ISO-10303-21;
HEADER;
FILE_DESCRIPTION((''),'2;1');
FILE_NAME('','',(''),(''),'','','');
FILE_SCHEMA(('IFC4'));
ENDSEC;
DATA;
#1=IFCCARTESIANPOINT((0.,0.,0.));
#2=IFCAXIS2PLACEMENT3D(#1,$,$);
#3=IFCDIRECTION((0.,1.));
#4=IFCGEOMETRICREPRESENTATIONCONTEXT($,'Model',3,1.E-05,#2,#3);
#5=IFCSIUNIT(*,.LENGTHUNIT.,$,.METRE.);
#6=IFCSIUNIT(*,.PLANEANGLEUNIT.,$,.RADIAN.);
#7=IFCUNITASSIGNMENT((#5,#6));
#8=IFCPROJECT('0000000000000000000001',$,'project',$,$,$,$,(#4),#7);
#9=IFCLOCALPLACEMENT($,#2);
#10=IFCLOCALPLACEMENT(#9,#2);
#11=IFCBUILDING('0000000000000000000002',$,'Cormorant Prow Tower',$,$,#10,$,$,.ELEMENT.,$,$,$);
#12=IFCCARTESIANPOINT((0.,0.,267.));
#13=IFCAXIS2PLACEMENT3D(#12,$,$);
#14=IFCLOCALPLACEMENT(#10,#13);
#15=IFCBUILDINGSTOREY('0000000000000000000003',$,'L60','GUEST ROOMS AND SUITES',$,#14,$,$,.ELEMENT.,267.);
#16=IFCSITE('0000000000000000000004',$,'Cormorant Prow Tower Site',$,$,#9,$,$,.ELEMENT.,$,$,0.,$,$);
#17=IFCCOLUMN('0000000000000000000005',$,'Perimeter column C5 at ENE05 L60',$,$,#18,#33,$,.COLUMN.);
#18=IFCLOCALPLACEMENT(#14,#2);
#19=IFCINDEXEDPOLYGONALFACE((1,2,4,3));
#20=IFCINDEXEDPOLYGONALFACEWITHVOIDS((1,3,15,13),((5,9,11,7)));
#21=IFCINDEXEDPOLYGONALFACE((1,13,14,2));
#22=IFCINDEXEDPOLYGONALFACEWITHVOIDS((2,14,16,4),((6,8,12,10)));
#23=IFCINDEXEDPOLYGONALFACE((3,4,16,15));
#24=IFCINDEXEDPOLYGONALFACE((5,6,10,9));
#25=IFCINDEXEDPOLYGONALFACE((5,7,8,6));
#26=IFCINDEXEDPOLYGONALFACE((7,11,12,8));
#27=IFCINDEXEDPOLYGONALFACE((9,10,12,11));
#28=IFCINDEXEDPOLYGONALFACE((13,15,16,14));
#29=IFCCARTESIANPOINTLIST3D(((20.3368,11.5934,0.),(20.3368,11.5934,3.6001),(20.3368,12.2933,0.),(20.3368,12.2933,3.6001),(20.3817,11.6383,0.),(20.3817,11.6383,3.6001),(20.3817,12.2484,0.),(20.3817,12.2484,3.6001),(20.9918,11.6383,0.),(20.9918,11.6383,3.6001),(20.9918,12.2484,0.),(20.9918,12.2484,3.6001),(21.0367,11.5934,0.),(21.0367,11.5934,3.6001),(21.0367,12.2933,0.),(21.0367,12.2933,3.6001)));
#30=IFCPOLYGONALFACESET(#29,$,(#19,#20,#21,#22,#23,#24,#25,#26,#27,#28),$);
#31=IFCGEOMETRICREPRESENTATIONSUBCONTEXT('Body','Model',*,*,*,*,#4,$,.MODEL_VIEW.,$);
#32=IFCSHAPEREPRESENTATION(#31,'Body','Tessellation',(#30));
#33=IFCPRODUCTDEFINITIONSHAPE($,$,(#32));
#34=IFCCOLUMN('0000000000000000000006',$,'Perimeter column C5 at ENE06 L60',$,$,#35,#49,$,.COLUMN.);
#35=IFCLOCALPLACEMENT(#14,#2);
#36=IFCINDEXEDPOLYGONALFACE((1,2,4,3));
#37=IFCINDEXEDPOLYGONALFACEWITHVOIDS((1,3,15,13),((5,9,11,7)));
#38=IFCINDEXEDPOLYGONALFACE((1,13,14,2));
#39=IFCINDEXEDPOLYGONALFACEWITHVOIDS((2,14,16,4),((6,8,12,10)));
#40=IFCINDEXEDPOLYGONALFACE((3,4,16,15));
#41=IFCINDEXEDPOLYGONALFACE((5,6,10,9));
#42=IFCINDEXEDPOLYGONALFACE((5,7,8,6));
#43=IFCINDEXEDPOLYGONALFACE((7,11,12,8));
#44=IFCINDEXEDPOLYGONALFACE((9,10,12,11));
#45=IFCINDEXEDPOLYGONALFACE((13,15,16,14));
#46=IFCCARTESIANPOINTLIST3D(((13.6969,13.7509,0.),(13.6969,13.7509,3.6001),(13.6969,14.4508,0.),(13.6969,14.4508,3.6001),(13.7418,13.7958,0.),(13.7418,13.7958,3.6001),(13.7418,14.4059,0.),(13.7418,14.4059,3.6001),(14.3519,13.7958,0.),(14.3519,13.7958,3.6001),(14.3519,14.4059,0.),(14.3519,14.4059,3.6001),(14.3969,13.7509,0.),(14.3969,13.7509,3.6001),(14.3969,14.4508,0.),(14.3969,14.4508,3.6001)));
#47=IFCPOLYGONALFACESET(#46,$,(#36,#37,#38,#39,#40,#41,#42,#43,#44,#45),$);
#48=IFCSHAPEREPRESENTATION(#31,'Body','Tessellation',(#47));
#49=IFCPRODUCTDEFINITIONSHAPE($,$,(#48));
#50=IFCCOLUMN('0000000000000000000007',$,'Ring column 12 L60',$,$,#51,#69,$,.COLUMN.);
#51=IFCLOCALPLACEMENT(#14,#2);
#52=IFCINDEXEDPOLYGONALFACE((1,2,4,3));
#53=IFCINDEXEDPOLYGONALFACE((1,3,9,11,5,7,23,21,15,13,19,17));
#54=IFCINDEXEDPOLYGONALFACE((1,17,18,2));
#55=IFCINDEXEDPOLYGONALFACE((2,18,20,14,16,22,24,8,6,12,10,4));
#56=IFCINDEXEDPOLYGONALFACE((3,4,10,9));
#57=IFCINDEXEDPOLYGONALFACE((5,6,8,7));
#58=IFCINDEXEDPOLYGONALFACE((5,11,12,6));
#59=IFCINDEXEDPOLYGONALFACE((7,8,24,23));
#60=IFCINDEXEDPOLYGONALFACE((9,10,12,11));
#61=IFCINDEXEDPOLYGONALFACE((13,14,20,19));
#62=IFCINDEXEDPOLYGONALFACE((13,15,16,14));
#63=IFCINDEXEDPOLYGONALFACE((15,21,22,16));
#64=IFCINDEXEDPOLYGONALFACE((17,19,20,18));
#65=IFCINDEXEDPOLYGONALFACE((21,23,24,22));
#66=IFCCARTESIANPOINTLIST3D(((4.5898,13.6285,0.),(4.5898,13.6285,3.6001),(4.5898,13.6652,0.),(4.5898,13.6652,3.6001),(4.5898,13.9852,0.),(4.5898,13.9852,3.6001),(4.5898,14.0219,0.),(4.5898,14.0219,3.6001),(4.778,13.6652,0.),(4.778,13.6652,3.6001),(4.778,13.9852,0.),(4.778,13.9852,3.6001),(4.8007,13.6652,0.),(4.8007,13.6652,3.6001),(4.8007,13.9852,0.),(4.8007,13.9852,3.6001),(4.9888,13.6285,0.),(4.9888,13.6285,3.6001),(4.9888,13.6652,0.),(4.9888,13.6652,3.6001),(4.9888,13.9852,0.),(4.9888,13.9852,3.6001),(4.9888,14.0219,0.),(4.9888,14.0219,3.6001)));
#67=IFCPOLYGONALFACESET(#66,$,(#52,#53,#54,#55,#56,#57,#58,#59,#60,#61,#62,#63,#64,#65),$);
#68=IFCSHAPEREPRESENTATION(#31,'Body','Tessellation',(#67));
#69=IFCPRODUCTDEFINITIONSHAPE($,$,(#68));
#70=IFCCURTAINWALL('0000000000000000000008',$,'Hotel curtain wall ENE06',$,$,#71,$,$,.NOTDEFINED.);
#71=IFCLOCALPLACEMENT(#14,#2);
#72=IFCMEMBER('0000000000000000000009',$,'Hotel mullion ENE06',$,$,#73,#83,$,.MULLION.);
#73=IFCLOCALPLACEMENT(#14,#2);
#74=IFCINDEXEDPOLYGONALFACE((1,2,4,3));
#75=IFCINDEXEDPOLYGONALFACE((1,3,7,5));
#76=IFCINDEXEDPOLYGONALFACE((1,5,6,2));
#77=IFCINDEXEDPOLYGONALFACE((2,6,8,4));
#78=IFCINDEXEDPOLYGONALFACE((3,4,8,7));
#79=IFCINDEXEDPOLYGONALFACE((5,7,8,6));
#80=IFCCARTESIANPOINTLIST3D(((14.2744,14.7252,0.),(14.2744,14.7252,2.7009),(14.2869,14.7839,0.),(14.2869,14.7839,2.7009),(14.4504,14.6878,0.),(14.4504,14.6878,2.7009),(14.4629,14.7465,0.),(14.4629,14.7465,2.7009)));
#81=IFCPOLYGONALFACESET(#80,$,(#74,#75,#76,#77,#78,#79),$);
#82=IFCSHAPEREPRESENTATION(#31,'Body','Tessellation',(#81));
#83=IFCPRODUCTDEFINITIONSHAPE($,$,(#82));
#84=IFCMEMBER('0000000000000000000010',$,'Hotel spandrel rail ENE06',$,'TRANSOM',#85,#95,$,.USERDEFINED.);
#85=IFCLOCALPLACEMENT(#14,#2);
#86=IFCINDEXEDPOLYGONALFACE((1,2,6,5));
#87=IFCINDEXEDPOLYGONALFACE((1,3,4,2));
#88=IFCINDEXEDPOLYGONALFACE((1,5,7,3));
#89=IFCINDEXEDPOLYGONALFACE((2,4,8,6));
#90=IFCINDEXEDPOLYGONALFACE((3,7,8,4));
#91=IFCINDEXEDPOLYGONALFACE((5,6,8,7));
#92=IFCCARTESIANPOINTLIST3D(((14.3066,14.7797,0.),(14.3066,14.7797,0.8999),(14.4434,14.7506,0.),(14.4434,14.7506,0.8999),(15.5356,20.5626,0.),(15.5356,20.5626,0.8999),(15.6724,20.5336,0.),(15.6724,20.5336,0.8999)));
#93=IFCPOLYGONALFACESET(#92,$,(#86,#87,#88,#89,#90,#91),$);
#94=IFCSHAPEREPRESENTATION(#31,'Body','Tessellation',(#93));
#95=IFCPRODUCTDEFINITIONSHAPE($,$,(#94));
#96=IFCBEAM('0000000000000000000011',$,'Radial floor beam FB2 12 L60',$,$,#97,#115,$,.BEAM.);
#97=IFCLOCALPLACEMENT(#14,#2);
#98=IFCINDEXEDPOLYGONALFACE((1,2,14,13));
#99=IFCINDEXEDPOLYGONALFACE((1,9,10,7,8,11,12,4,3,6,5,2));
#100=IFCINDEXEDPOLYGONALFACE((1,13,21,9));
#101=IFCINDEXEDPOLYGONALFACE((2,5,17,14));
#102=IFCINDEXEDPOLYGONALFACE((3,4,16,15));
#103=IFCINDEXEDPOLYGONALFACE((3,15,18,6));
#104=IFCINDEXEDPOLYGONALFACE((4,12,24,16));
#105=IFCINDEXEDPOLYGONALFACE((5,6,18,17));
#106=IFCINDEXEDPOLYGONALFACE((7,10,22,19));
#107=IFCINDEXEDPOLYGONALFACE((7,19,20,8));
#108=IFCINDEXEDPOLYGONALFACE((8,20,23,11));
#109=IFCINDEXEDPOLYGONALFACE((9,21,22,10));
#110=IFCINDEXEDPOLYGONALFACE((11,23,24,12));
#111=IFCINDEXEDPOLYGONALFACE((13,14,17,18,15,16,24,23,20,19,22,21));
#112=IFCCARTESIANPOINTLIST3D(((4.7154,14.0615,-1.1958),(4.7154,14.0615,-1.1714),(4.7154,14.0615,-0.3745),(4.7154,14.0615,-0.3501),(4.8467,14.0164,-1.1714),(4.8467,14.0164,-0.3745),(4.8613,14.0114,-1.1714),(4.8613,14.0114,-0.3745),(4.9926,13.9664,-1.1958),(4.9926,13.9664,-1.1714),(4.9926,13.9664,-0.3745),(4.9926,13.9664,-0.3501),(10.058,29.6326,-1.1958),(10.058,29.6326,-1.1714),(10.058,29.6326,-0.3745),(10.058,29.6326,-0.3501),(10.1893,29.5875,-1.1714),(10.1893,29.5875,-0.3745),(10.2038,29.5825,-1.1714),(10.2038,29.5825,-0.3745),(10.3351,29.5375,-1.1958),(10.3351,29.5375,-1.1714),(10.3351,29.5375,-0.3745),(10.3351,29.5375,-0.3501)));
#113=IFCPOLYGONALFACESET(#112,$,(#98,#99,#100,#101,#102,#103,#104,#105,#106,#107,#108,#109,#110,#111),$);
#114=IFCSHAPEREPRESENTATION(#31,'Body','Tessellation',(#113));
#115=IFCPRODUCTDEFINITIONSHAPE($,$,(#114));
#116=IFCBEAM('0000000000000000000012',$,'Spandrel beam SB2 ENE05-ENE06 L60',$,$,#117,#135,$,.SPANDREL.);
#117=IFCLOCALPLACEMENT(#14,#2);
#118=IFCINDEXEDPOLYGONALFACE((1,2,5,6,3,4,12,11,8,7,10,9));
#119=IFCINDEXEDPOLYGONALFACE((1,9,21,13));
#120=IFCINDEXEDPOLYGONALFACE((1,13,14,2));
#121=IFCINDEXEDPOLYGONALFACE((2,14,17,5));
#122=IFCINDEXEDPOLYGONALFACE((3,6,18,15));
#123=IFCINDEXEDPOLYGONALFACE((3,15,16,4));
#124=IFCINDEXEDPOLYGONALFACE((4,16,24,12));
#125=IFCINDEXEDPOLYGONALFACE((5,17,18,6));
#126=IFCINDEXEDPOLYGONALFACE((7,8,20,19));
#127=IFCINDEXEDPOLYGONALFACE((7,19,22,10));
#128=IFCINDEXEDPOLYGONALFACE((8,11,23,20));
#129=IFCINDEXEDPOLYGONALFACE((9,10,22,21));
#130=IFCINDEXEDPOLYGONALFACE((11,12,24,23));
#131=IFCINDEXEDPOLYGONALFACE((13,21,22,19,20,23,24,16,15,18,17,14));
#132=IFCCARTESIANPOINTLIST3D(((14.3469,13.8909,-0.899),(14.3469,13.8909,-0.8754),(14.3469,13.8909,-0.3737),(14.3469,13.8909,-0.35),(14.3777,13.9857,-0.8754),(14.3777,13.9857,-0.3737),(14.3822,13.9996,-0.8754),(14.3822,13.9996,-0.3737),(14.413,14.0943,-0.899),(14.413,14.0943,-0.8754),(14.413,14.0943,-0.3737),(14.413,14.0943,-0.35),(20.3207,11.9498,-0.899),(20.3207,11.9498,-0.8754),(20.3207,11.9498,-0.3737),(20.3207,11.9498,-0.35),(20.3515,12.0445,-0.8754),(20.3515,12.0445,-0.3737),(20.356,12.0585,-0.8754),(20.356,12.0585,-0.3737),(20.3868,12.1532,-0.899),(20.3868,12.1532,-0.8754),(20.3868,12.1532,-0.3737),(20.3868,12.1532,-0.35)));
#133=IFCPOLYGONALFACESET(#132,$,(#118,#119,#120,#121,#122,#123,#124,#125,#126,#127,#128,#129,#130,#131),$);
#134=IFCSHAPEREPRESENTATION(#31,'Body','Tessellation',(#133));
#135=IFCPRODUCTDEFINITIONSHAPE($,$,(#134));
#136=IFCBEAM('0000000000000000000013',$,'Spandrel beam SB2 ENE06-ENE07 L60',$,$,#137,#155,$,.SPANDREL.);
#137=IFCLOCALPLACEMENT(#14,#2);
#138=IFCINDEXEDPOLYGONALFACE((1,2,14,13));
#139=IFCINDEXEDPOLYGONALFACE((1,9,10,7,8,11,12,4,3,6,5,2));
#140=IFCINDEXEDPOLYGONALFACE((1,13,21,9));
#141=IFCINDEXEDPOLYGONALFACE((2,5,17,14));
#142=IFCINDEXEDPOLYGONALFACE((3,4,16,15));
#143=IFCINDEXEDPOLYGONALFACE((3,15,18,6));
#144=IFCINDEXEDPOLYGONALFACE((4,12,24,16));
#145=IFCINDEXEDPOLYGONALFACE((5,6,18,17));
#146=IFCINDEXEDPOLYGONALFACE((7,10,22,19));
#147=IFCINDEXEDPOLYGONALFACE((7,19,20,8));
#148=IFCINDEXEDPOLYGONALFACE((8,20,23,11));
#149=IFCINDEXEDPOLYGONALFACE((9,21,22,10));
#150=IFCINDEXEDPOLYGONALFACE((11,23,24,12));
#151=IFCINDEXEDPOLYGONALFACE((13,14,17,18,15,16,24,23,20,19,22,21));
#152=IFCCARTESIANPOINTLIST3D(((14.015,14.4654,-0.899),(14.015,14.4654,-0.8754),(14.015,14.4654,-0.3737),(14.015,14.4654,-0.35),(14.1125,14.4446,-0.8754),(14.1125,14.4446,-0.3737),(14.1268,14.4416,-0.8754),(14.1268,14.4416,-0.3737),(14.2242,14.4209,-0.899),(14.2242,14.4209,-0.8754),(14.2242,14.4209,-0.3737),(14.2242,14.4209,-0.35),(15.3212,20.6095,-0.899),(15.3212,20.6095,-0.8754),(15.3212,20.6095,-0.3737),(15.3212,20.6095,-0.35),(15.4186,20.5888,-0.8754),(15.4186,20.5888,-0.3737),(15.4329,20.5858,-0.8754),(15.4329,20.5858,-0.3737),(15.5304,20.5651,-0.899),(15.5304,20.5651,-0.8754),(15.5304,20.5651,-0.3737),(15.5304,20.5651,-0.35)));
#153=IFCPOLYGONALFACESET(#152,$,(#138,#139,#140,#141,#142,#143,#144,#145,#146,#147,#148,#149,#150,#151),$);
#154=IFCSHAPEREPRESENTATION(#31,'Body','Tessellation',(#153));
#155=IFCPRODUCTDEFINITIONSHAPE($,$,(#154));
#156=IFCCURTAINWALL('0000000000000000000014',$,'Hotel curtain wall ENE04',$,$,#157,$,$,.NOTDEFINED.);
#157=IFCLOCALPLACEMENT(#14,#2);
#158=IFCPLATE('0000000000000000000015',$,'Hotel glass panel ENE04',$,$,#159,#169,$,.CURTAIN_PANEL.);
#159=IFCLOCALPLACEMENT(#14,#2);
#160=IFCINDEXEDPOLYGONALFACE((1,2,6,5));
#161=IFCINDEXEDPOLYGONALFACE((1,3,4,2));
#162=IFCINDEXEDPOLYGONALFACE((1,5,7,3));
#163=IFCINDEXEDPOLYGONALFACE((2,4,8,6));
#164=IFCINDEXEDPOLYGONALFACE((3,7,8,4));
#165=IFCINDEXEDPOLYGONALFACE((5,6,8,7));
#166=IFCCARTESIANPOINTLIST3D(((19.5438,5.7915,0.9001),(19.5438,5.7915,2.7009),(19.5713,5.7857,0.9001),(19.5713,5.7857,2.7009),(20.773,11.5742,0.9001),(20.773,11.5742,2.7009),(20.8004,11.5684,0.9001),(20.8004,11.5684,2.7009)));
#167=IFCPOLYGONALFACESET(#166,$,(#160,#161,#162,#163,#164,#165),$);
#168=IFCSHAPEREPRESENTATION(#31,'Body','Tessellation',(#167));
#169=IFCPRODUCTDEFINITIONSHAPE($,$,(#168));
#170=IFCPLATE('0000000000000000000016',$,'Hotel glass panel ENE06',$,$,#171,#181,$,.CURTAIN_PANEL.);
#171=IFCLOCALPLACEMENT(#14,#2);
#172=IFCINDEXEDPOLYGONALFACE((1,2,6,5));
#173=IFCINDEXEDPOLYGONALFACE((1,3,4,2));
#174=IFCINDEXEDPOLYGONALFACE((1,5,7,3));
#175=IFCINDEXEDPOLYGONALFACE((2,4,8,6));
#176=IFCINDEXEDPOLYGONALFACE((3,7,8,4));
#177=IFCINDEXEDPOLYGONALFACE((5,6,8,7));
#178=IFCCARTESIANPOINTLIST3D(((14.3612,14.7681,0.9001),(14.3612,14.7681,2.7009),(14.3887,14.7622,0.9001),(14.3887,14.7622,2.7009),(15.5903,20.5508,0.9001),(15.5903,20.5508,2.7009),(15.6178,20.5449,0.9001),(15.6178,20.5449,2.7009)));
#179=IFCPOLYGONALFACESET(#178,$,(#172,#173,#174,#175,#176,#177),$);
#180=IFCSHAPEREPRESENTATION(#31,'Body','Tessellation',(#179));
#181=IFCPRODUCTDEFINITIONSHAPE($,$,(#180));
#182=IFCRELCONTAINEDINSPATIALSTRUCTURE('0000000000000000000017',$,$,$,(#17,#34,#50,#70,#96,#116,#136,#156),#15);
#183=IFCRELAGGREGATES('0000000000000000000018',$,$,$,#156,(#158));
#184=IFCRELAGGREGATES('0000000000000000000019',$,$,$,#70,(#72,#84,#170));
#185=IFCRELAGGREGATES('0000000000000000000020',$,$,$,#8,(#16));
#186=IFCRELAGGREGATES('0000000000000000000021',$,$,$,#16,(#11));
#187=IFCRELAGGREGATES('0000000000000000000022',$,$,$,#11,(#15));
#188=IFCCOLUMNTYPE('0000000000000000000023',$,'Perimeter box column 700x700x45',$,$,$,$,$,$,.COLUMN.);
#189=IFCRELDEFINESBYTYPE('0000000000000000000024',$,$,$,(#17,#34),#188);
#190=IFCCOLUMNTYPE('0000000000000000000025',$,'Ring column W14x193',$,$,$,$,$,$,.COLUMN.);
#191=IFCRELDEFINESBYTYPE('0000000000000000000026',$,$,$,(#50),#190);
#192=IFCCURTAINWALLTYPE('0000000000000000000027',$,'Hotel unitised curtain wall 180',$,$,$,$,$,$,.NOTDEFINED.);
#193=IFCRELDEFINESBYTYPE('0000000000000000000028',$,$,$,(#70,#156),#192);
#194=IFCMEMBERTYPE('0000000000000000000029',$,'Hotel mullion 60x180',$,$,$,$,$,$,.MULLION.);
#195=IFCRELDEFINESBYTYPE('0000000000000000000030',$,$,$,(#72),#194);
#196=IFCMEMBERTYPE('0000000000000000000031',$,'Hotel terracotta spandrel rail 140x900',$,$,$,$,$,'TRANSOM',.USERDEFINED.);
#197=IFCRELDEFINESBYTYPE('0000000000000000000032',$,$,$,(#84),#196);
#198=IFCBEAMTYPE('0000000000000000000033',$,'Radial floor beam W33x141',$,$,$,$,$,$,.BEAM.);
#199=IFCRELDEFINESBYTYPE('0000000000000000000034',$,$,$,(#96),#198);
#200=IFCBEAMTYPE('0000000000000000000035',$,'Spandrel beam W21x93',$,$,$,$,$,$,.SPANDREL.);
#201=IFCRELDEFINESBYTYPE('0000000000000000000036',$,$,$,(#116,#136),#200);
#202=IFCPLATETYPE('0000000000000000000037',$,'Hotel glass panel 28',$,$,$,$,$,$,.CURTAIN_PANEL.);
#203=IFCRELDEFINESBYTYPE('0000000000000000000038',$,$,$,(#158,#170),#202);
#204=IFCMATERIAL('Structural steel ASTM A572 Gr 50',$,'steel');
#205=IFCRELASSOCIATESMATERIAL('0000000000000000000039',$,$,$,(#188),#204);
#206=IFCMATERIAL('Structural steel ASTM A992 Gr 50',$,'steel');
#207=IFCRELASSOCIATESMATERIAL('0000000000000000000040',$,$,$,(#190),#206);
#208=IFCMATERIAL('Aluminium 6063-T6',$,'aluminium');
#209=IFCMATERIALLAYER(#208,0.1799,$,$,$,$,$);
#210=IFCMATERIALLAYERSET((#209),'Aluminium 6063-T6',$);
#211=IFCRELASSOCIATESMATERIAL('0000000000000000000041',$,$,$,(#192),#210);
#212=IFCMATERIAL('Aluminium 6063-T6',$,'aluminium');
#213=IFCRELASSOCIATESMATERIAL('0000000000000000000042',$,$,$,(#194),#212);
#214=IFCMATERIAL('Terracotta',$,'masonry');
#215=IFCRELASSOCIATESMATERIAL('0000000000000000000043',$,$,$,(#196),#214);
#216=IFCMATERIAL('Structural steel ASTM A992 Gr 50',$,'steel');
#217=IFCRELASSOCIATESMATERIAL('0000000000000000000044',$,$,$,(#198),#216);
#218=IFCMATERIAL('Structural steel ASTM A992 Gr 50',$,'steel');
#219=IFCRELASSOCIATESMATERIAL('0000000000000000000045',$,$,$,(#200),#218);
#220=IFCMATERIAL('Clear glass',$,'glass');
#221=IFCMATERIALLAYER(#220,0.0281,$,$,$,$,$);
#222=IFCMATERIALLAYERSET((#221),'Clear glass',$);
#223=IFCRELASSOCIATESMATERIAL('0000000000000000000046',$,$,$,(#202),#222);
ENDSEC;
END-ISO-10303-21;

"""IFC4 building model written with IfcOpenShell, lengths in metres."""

from ifc_helpers import new_model, si_unit, direction, frame, origin, origin_2d, place, context, subcontext, project, spatial, rectangle, hollow_rectangle, i_section, extrude, material, layer, layer_set, material_profile, profile_set, type_object, element, aggregate, save


model = new_model("IFC4")

# Units and contexts
model_context = context("Model", 3, precision=1e-05, world=origin(), true_north=direction((0.0, 1.0)))
body_context = subcontext(model_context, "Body", "Model", "MODEL_VIEW")
ifc_project = project(units=[si_unit("LENGTHUNIT", "METRE"), si_unit("PLANEANGLEUNIT", "RADIAN")], contexts=[model_context])

# Site, building, storey
site_placement = place(None, origin())
site = spatial("IfcSite", under=ifc_project, at=site_placement, Name="Cormorant Prow Tower Site", CompositionType="ELEMENT", RefElevation=0.0)
building_placement = place(site_placement, origin())
building = spatial("IfcBuilding", under=site, at=building_placement, Name="Cormorant Prow Tower", CompositionType="ELEMENT")
storey_placement = place(building_placement, frame((0.0, 0.0, 267.0)))
storey = spatial("IfcBuildingStorey", under=building, at=storey_placement, Name="L60", Description="GUEST ROOMS AND SUITES", CompositionType="ELEMENT", Elevation=267.0)

# Columns
ifc_material_1 = material(Name="Structural steel ASTM A572 Gr 50", Category="steel")
ifc_material_profile_1 = material_profile(ifc_material_1, hollow_rectangle(XDim=0.7, YDim=0.7, WallThickness=0.0449, at=origin_2d()), Name="Box 700x700x45")
ifc_profile_set_1 = profile_set([ifc_material_profile_1], Name="Structural steel ASTM A572 Gr 50")
column_type_1 = type_object("IfcColumnType", Name="Perimeter box column 700x700x45", PredefinedType="COLUMN", material=ifc_profile_set_1)
for number, where, z_axis, x_axis, name in (
    (1, (20.6868, 11.9434, 0.0), (0.0, 0.0, 1.0), (1.0, 0.0, 0.0), "Perimeter column C5 at ENE05 L60"),
    (2, (14.0469, 14.1008, 0.0), (0.0, 0.0, 1.0), (1.0, 0.0, 0.0), "Perimeter column C5 at ENE06 L60"),
):
    element("IfcColumn", number, at=place(storey_placement, frame(where, z_axis=z_axis, x_axis=x_axis)), inside=storey, type_object=column_type_1, Name=name, PredefinedType="COLUMN", context=body_context, shape_type="SweptSolid", body=[
        extrude(hollow_rectangle(XDim=0.7, YDim=0.7, WallThickness=0.0449, at=origin_2d()), origin(), (0.0, 0.0, 1.0), 3.6001),
    ])
ifc_material_2 = material(Name="Structural steel ASTM A992 Gr 50", Category="steel")
ifc_material_profile_2 = material_profile(ifc_material_2, i_section(OverallWidth=0.3989, OverallDepth=0.3933, WebThickness=0.0227, FlangeThickness=0.0366, at=origin_2d()), Name="W14x193")
ifc_profile_set_2 = profile_set([ifc_material_profile_2], Name="Structural steel ASTM A992 Gr 50")
column_type_2 = type_object("IfcColumnType", Name="Ring column W14x193", PredefinedType="COLUMN", material=ifc_profile_set_2)
column_placement = place(storey_placement, frame((4.7893, 13.8252, 0.0), z_axis=(0.0, 0.0, 1.0), x_axis=(1.0, 0.0, 0.0)))
element("IfcColumn", 3, at=column_placement, inside=storey, type_object=column_type_2, Name="Ring column 12 L60", PredefinedType="COLUMN", context=body_context, shape_type="SweptSolid", body=[
    extrude(i_section(OverallWidth=0.3989, OverallDepth=0.3933, WebThickness=0.0227, FlangeThickness=0.0366, at=origin_2d()), origin(), (0.0, 0.0, 1.0), 3.6001),
])

# Curtain wall, members
ifc_material_3 = material(Name="Aluminium 6063-T6", Category="aluminium")
ifc_layer_1 = layer(ifc_material_3, 0.1799)
ifc_layer_set_1 = layer_set([ifc_layer_1], Name="Aluminium 6063-T6")
curtain_wall_type = type_object("IfcCurtainWallType", Name="Hotel unitised curtain wall 180", PredefinedType="NOTDEFINED", material=ifc_layer_set_1)
curtain_wall_1_placement = place(storey_placement, origin())
curtain_wall_1 = element("IfcCurtainWall", 4, at=curtain_wall_1_placement, inside=storey, type_object=curtain_wall_type, Name="Hotel curtain wall ENE06", PredefinedType="NOTDEFINED")
ifc_material_4 = material(Name="Aluminium 6063-T6", Category="aluminium")
ifc_material_profile_3 = material_profile(ifc_material_4, rectangle(XDim=0.1799, YDim=0.0601, at=origin_2d()), Name="Hotel mullion 60x180")
ifc_profile_set_3 = profile_set([ifc_material_profile_3], Name="Aluminium 6063-T6")
member_type_1 = type_object("IfcMemberType", Name="Hotel mullion 60x180", PredefinedType="MULLION", material=ifc_profile_set_3)
member_1_placement = place(storey_placement, frame((14.3687, 14.7358, 0.0), z_axis=(0.0, 0.0, 1.0), x_axis=(-0.978148, 0.207912, 0.0)))
member_1 = element("IfcMember", 5, at=member_1_placement, type_object=member_type_1, Name="Hotel mullion ENE06", PredefinedType="MULLION", context=body_context, shape_type="SweptSolid", body=[
    extrude(rectangle(XDim=0.1799, YDim=0.0601, at=origin_2d()), origin(), (0.0, 0.0, 1.0), 2.7009),
])
ifc_material_5 = material(Name="Terracotta", Category="masonry")
ifc_material_profile_4 = material_profile(ifc_material_5, rectangle(XDim=0.1399, YDim=0.8999, at=origin_2d()), Name="Hotel terracotta spandrel rail 140x900")
ifc_profile_set_4 = profile_set([ifc_material_profile_4], Name="Terracotta")
member_type_2 = type_object("IfcMemberType", Name="Hotel terracotta spandrel rail 140x900", ElementType="TRANSOM", PredefinedType="USERDEFINED", material=ifc_profile_set_4)
member_2_placement = place(storey_placement, frame((14.375, 14.7651, 0.45), z_axis=(0.207879, 0.978155, 0.0), x_axis=(-0.978155, 0.207879, 0.0)))
member_2 = element("IfcMember", 6, at=member_2_placement, type_object=member_type_2, Name="Hotel spandrel rail ENE06", ObjectType="TRANSOM", PredefinedType="USERDEFINED", context=body_context, shape_type="SweptSolid", body=[
    extrude(rectangle(XDim=0.1399, YDim=0.8999, at=origin_2d()), origin(), (0.0, 0.0, 1.0), 5.9121),
])

# Beams
ifc_material_6 = material(Name="Structural steel ASTM A992 Gr 50", Category="steel")
ifc_material_profile_5 = material_profile(ifc_material_6, i_section(OverallWidth=0.293, OverallDepth=0.8457, WebThickness=0.0154, FlangeThickness=0.0244, at=origin_2d()), Name="W33x141")
ifc_profile_set_5 = profile_set([ifc_material_profile_5], Name="Structural steel ASTM A992 Gr 50")
beam_type_1 = type_object("IfcBeamType", Name="Radial floor beam W33x141", PredefinedType="BEAM", material=ifc_profile_set_5)
beam_1_placement = place(storey_placement, frame((4.854, 14.0139, -0.7729), z_axis=(0.324536, 0.945874, 0.0), x_axis=(-0.945874, 0.324536, 0.0)))
element("IfcBeam", 7, at=beam_1_placement, inside=storey, type_object=beam_type_1, Name="Radial floor beam FB2 12 L60", PredefinedType="BEAM", context=body_context, shape_type="SweptSolid", body=[
    extrude(i_section(OverallWidth=0.293, OverallDepth=0.8457, WebThickness=0.0154, FlangeThickness=0.0244, at=origin_2d()), origin(), (0.0, 0.0, 1.0), 16.4622),
])
ifc_material_7 = material(Name="Structural steel ASTM A992 Gr 50", Category="steel")
ifc_material_profile_6 = material_profile(ifc_material_7, i_section(OverallWidth=0.2139, OverallDepth=0.5491, WebThickness=0.0146, FlangeThickness=0.0237, at=origin_2d()), Name="W21x93")
ifc_profile_set_6 = profile_set([ifc_material_profile_6], Name="Structural steel ASTM A992 Gr 50")
beam_type_2 = type_object("IfcBeamType", Name="Spandrel beam W21x93", PredefinedType="SPANDREL", material=ifc_profile_set_6)
beam_2_placement = place(storey_placement, frame((20.3538, 12.0515, -0.6245), z_axis=(-0.95105, 0.309036, 0.0), x_axis=(-0.309036, -0.95105, 0.0)))
element("IfcBeam", 8, at=beam_2_placement, inside=storey, type_object=beam_type_2, Name="Spandrel beam SB2 ENE05-ENE06 L60", PredefinedType="SPANDREL", context=body_context, shape_type="SweptSolid", body=[
    extrude(i_section(OverallWidth=0.2139, OverallDepth=0.5491, WebThickness=0.0146, FlangeThickness=0.0237, at=origin_2d()), origin(), (0.0, 0.0, 1.0), 6.2812),
])
beam_3_placement = place(storey_placement, frame((14.1196, 14.4431, -0.6245), z_axis=(0.207934, 0.978143, 0.0), x_axis=(-0.978143, 0.207934, 0.0)))
element("IfcBeam", 9, at=beam_3_placement, inside=storey, type_object=beam_type_2, Name="Spandrel beam SB2 ENE06-ENE07 L60", PredefinedType="SPANDREL", context=body_context, shape_type="SweptSolid", body=[
    extrude(i_section(OverallWidth=0.2139, OverallDepth=0.5491, WebThickness=0.0146, FlangeThickness=0.0237, at=origin_2d()), origin(), (0.0, 0.0, 1.0), 6.2815),
])

# Curtain wall, plate
curtain_wall_2_placement = place(storey_placement, origin())
curtain_wall_2 = element("IfcCurtainWall", 10, at=curtain_wall_2_placement, inside=storey, type_object=curtain_wall_type, Name="Hotel curtain wall ENE04", PredefinedType="NOTDEFINED")
ifc_material_8 = material(Name="Clear glass", Category="glass")
ifc_layer_2 = layer(ifc_material_8, 0.0281)
ifc_layer_set_2 = layer_set([ifc_layer_2], Name="Clear glass")
plate_type = type_object("IfcPlateType", Name="Hotel glass panel 28", PredefinedType="CURTAIN_PANEL", material=ifc_layer_set_2)
plate_1_placement = place(storey_placement, frame((20.1721, 8.6799, 0.9001), z_axis=(0.0, 0.0, 1.0), x_axis=(0.207912, 0.978148, 0.0)))
plate_1 = element("IfcPlate", 11, at=plate_1_placement, type_object=plate_type, Name="Hotel glass panel ENE04", PredefinedType="CURTAIN_PANEL", context=body_context, shape_type="SweptSolid", body=[
    extrude(rectangle(XDim=5.9119, YDim=0.0281, at=origin_2d()), origin(), (0.0, 0.0, 1.0), 1.8008),
])
aggregate(curtain_wall_2, [plate_1])

# Plate
plate_2_placement = place(storey_placement, frame((14.9895, 17.6565, 0.9001), z_axis=(0.0, 0.0, 1.0), x_axis=(0.207912, 0.978148, 0.0)))
plate_2 = element("IfcPlate", 12, at=plate_2_placement, type_object=plate_type, Name="Hotel glass panel ENE06", PredefinedType="CURTAIN_PANEL", context=body_context, shape_type="SweptSolid", body=[
    extrude(rectangle(XDim=5.9119, YDim=0.0281, at=origin_2d()), origin(), (0.0, 0.0, 1.0), 1.8008),
])
aggregate(curtain_wall_1, [member_1, member_2, plate_2])

save(model, "model.ifc")
